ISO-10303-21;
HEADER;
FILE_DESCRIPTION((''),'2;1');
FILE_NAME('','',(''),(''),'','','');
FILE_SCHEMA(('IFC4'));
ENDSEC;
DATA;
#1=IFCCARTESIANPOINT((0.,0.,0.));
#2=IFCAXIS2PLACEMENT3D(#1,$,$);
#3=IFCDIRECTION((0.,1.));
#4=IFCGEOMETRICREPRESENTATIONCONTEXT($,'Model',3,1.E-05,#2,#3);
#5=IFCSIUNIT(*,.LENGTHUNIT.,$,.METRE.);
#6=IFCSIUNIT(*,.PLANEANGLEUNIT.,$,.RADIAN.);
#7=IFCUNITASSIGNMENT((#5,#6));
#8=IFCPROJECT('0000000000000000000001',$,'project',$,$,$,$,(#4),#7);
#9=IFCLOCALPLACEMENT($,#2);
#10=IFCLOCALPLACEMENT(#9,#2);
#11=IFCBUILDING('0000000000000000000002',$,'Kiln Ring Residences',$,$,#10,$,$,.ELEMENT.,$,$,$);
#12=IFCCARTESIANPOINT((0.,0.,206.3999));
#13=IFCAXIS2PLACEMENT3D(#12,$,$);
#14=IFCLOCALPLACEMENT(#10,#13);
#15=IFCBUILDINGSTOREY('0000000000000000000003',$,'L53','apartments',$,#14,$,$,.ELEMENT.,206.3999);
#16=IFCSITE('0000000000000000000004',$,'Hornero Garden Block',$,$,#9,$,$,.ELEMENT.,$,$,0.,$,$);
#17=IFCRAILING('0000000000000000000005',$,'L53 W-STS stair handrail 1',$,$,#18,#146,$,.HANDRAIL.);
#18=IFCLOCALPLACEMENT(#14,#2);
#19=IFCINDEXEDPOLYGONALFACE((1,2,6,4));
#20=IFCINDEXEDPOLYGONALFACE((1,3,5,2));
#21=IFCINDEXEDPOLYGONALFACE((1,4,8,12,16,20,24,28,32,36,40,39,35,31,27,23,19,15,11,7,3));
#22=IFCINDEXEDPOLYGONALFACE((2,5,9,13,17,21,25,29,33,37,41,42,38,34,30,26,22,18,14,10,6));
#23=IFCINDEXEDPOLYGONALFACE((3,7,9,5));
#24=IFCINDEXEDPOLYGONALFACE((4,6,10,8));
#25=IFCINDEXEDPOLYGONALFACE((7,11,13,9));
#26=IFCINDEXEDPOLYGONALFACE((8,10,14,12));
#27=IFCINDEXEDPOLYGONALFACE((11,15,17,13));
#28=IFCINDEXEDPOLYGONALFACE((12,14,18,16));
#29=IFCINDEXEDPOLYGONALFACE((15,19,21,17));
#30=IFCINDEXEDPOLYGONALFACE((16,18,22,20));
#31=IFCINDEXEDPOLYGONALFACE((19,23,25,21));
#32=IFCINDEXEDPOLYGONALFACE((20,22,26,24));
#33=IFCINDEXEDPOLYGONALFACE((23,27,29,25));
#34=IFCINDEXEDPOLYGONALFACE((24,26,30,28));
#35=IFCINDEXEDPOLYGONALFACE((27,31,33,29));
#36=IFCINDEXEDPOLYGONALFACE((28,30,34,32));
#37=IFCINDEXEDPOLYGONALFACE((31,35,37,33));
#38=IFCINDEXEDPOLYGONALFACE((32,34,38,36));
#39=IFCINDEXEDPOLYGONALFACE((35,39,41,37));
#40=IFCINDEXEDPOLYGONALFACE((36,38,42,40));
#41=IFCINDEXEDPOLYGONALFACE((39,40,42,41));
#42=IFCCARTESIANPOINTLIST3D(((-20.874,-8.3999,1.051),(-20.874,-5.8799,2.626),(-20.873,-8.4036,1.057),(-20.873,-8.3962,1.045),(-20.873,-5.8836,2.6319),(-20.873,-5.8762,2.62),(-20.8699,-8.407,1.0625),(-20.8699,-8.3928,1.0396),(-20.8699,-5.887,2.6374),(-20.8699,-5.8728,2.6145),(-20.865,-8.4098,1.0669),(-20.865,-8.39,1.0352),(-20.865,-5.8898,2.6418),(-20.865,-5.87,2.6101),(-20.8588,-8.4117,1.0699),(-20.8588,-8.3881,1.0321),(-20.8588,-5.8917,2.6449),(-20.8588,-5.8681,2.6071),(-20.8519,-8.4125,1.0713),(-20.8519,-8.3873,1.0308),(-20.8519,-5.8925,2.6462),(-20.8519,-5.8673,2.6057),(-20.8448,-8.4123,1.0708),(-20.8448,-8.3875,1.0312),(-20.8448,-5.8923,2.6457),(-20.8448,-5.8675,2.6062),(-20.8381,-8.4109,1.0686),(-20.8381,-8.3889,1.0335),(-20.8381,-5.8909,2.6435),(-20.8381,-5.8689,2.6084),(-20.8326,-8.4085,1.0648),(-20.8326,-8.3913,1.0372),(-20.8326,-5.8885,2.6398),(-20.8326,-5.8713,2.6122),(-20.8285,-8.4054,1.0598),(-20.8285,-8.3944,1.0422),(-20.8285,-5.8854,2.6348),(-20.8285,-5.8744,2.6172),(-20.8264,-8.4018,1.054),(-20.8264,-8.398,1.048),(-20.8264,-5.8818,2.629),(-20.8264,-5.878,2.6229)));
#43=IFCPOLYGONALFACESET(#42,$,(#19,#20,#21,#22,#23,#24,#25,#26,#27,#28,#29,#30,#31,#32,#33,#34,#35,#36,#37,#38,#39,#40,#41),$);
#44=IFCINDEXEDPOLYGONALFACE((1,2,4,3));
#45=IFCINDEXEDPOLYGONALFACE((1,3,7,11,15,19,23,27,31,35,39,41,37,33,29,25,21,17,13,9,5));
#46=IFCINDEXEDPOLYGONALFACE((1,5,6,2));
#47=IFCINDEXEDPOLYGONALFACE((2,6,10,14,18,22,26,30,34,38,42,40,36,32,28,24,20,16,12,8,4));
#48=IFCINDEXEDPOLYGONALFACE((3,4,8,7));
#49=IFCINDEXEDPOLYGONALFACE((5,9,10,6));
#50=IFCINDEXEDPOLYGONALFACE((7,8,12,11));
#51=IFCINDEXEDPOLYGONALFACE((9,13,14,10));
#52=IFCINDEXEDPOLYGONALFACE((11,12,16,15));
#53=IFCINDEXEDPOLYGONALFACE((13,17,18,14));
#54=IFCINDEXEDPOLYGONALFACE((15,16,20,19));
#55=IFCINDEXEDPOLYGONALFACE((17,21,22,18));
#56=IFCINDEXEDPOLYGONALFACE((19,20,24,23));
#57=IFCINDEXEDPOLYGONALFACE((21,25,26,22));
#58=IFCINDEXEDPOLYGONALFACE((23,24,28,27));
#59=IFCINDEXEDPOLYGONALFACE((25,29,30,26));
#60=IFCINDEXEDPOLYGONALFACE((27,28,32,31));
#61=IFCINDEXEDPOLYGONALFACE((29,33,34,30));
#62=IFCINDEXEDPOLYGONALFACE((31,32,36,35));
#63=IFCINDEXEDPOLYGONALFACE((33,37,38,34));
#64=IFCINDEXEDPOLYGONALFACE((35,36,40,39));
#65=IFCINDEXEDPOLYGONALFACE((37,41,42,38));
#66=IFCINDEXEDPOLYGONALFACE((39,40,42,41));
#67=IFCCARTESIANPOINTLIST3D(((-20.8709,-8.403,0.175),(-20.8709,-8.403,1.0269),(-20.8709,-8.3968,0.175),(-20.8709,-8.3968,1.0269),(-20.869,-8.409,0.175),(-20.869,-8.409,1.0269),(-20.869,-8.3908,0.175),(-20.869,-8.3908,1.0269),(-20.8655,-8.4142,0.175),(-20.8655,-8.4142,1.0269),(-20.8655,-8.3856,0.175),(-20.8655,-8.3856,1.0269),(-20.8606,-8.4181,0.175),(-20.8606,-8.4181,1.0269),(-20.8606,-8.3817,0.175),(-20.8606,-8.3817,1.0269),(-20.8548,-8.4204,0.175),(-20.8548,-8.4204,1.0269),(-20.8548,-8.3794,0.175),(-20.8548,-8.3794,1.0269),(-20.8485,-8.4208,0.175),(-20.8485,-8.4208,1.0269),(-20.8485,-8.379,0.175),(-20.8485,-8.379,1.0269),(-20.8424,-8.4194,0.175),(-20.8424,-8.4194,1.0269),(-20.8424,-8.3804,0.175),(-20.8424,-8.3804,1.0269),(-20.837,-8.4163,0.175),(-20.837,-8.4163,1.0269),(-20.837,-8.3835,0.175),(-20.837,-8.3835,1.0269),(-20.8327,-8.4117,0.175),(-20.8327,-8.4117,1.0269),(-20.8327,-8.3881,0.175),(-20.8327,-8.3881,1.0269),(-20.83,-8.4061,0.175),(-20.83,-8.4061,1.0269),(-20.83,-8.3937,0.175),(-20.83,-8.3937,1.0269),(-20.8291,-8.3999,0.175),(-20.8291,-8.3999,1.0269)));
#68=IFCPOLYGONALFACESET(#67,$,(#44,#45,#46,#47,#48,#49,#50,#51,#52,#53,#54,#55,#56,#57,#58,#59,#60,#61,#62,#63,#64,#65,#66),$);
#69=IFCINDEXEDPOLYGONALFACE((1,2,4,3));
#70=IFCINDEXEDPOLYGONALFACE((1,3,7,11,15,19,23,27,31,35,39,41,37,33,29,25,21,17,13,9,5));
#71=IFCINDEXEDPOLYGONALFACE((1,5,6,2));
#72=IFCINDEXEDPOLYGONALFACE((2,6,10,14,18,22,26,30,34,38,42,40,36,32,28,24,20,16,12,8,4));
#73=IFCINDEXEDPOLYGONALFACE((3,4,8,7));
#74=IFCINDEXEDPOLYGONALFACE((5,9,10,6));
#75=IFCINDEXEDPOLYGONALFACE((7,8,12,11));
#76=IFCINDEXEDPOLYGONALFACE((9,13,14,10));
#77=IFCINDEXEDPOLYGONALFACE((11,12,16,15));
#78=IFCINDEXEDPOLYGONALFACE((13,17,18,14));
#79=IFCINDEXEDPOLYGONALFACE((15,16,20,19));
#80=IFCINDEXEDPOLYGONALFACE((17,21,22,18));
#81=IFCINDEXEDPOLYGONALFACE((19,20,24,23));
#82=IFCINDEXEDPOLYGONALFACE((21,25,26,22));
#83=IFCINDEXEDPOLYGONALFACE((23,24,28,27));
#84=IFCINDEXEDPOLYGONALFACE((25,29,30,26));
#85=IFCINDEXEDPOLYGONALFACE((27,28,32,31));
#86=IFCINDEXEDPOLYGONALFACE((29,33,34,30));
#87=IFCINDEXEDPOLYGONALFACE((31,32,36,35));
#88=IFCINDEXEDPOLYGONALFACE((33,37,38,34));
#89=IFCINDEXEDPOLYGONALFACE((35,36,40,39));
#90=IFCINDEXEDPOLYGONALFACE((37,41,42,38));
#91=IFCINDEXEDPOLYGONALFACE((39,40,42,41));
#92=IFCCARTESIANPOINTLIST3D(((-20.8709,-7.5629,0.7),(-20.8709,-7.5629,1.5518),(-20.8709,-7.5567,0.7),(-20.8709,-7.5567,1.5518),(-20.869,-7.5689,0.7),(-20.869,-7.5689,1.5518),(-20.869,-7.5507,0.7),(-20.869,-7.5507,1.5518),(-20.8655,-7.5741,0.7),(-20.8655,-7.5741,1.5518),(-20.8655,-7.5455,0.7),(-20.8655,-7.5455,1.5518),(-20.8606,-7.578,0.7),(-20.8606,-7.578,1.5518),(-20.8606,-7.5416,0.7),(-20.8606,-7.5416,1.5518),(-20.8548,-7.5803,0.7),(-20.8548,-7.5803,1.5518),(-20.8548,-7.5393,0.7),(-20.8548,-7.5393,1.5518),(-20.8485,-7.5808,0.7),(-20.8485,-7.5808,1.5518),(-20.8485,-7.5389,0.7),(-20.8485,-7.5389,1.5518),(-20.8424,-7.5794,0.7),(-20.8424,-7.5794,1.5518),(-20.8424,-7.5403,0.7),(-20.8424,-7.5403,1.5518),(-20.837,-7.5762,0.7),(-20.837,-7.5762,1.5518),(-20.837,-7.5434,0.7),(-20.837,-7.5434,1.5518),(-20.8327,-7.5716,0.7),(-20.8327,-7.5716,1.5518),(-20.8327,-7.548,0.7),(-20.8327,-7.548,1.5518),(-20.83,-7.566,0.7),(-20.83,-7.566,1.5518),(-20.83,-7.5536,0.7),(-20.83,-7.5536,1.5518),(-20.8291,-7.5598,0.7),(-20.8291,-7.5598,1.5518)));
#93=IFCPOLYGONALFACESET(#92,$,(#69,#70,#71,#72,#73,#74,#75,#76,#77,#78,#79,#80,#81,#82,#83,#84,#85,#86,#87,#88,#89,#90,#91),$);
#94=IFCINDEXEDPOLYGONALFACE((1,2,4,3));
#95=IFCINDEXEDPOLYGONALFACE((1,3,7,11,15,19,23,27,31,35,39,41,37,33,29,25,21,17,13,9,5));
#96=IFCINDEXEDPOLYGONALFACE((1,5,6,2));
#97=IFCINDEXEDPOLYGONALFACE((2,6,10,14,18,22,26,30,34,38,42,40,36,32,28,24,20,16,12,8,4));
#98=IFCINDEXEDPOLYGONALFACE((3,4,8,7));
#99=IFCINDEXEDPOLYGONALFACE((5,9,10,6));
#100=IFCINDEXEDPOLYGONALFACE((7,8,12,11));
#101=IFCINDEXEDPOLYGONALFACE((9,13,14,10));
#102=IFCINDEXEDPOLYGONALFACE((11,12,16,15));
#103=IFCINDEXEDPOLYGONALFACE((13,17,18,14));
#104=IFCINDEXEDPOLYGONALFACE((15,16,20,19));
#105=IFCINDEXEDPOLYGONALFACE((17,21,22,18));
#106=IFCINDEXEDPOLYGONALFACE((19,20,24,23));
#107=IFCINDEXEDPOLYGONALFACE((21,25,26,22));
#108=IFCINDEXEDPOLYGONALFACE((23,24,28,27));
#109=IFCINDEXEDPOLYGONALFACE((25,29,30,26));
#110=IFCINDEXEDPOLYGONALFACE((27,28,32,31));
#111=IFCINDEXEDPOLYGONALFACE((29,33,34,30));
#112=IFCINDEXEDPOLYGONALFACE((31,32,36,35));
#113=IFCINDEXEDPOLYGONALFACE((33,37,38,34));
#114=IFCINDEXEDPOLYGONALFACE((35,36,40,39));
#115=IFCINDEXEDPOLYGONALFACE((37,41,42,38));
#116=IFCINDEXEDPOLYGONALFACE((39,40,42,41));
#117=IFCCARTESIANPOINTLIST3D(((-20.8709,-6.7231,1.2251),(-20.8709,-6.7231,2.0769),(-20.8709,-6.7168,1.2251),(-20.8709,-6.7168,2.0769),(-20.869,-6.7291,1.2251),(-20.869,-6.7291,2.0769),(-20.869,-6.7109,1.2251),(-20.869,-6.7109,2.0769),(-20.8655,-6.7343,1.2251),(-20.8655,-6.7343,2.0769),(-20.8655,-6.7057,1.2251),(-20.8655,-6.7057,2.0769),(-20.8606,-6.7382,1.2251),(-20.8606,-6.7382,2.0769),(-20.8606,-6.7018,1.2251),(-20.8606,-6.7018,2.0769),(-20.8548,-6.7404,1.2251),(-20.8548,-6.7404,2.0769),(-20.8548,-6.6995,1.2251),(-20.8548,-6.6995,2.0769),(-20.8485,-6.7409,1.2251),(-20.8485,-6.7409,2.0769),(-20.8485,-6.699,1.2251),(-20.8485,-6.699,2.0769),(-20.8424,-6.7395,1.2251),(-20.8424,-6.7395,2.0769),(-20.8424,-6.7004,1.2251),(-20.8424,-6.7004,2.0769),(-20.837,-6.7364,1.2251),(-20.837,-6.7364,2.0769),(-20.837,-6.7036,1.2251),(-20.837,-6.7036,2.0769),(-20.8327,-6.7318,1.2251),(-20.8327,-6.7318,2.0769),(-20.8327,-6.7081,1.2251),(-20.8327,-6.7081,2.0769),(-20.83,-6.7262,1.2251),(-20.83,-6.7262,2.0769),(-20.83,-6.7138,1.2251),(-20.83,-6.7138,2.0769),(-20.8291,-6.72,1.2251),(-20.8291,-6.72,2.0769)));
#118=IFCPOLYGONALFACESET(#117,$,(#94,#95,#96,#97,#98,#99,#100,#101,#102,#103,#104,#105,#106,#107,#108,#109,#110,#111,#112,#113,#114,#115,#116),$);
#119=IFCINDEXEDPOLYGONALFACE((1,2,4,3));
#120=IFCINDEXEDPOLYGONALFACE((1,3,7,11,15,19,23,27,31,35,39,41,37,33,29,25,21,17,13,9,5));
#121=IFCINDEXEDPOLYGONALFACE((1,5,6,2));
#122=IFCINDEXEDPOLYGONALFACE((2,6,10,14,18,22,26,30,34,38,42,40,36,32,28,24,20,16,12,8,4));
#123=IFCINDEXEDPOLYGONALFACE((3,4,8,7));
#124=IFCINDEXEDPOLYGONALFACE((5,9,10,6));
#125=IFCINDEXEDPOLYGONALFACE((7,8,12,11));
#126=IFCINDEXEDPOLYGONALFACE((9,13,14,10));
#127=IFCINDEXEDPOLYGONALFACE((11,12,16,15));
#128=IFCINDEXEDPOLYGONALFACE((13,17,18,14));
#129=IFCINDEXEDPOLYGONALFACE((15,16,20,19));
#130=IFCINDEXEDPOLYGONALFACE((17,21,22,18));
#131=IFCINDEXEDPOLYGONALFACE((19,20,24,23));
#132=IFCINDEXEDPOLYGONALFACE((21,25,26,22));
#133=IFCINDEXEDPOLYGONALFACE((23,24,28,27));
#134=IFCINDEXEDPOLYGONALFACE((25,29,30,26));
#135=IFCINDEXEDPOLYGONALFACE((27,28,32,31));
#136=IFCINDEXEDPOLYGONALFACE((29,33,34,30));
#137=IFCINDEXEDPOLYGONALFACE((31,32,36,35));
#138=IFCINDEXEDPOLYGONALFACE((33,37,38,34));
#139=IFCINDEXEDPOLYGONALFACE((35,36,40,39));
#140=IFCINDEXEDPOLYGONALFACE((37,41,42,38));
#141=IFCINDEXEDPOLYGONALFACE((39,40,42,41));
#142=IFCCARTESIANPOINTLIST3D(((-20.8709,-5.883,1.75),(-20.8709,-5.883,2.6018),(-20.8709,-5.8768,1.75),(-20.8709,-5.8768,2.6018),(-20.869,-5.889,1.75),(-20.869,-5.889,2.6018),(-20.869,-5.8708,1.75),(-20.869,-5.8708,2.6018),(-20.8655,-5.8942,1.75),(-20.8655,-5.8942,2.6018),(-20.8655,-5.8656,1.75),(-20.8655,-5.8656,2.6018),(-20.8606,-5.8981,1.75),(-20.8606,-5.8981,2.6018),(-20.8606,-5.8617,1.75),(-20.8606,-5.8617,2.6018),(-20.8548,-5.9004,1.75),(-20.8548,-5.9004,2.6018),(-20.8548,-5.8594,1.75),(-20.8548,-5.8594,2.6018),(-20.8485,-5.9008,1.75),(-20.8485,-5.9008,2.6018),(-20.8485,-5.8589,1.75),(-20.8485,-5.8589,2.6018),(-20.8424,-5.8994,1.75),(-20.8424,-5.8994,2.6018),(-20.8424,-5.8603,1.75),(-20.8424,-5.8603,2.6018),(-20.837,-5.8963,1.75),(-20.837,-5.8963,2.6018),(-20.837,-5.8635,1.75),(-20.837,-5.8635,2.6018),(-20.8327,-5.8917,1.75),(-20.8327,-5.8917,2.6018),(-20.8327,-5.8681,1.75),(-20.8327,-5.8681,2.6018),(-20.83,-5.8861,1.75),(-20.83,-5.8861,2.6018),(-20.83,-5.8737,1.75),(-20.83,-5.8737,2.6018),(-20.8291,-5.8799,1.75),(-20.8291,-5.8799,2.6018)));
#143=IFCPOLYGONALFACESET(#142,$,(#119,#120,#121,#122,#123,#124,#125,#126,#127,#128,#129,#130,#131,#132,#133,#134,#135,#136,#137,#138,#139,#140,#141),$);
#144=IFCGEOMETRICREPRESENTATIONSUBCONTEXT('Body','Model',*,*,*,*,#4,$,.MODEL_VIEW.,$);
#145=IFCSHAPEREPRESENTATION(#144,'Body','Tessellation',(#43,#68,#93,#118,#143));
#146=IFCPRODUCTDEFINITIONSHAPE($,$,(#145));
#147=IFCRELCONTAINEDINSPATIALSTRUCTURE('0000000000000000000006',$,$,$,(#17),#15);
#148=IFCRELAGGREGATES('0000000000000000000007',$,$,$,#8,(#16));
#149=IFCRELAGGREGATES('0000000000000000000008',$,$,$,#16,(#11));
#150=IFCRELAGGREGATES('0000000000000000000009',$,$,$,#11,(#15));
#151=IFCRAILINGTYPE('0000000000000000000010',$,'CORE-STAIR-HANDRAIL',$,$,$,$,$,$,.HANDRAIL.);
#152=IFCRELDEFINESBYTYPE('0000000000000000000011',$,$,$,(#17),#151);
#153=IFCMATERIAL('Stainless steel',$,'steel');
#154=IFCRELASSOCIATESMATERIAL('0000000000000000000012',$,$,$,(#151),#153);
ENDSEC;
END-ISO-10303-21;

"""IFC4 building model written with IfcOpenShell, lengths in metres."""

from ifc_helpers import new_model, si_unit, direction, frame, origin, origin_2d, place, context, subcontext, project, spatial, circle, extrude, material, type_object, element, save


model = new_model("IFC4")

# Units and contexts
model_context = context("Model", 3, precision=1e-05, world=origin(), true_north=direction((0.0, 1.0)))
body_context = subcontext(model_context, "Body", "Model", "MODEL_VIEW")
ifc_project = project(units=[si_unit("LENGTHUNIT", "METRE"), si_unit("PLANEANGLEUNIT", "RADIAN")], contexts=[model_context])

# Site, building, storey
site_placement = place(None, origin())
site = spatial("IfcSite", under=ifc_project, at=site_placement, Name="Hornero Garden Block", CompositionType="ELEMENT", RefElevation=0.0)
building_placement = place(site_placement, origin())
building = spatial("IfcBuilding", under=site, at=building_placement, Name="Kiln Ring Residences", CompositionType="ELEMENT")
storey_placement = place(building_placement, frame((0.0, 0.0, 206.3999)))
storey = spatial("IfcBuildingStorey", under=building, at=storey_placement, Name="L53", Description="apartments", CompositionType="ELEMENT", Elevation=206.3999)

# Railing
ifc_material_1 = material(Name="Stainless steel", Category="steel")
railing_type_1 = type_object("IfcRailingType", Name="CORE-STAIR-HANDRAIL", PredefinedType="HANDRAIL", material=ifc_material_1)
railing_1_placement = place(storey_placement, frame((-20.8501, -8.3999, 0.175)))
element("IfcRailing", 1, at=railing_1_placement, inside=storey, type_object=railing_type_1, Name="L53 W-STS stair handrail 1", PredefinedType="HANDRAIL", context=body_context, shape_type="SweptSolid", body=[
    extrude(circle(Radius=0.0239, at=origin_2d()), frame((0.0, 0.0, 0.876), z_axis=(0.0, 0.848008, 0.529984), x_axis=(-1.0, 0.0, 0.0)), (0.0, 0.0, 1.0), 2.9717),
    extrude(circle(Radius=0.021, at=origin_2d()), origin(), (0.0, 0.0, 1.0), 0.8518),
    extrude(circle(Radius=0.021, at=origin_2d()), frame((0.0, 0.8401, 0.5249)), (0.0, 0.0, 1.0), 0.8518),
    extrude(circle(Radius=0.021, at=origin_2d()), frame((0.0, 1.6799, 1.05)), (0.0, 0.0, 1.0), 0.8518),
    extrude(circle(Radius=0.021, at=origin_2d()), frame((0.0, 2.52, 1.575)), (0.0, 0.0, 1.0), 0.8518),
])

save(model, "model.ifc")
